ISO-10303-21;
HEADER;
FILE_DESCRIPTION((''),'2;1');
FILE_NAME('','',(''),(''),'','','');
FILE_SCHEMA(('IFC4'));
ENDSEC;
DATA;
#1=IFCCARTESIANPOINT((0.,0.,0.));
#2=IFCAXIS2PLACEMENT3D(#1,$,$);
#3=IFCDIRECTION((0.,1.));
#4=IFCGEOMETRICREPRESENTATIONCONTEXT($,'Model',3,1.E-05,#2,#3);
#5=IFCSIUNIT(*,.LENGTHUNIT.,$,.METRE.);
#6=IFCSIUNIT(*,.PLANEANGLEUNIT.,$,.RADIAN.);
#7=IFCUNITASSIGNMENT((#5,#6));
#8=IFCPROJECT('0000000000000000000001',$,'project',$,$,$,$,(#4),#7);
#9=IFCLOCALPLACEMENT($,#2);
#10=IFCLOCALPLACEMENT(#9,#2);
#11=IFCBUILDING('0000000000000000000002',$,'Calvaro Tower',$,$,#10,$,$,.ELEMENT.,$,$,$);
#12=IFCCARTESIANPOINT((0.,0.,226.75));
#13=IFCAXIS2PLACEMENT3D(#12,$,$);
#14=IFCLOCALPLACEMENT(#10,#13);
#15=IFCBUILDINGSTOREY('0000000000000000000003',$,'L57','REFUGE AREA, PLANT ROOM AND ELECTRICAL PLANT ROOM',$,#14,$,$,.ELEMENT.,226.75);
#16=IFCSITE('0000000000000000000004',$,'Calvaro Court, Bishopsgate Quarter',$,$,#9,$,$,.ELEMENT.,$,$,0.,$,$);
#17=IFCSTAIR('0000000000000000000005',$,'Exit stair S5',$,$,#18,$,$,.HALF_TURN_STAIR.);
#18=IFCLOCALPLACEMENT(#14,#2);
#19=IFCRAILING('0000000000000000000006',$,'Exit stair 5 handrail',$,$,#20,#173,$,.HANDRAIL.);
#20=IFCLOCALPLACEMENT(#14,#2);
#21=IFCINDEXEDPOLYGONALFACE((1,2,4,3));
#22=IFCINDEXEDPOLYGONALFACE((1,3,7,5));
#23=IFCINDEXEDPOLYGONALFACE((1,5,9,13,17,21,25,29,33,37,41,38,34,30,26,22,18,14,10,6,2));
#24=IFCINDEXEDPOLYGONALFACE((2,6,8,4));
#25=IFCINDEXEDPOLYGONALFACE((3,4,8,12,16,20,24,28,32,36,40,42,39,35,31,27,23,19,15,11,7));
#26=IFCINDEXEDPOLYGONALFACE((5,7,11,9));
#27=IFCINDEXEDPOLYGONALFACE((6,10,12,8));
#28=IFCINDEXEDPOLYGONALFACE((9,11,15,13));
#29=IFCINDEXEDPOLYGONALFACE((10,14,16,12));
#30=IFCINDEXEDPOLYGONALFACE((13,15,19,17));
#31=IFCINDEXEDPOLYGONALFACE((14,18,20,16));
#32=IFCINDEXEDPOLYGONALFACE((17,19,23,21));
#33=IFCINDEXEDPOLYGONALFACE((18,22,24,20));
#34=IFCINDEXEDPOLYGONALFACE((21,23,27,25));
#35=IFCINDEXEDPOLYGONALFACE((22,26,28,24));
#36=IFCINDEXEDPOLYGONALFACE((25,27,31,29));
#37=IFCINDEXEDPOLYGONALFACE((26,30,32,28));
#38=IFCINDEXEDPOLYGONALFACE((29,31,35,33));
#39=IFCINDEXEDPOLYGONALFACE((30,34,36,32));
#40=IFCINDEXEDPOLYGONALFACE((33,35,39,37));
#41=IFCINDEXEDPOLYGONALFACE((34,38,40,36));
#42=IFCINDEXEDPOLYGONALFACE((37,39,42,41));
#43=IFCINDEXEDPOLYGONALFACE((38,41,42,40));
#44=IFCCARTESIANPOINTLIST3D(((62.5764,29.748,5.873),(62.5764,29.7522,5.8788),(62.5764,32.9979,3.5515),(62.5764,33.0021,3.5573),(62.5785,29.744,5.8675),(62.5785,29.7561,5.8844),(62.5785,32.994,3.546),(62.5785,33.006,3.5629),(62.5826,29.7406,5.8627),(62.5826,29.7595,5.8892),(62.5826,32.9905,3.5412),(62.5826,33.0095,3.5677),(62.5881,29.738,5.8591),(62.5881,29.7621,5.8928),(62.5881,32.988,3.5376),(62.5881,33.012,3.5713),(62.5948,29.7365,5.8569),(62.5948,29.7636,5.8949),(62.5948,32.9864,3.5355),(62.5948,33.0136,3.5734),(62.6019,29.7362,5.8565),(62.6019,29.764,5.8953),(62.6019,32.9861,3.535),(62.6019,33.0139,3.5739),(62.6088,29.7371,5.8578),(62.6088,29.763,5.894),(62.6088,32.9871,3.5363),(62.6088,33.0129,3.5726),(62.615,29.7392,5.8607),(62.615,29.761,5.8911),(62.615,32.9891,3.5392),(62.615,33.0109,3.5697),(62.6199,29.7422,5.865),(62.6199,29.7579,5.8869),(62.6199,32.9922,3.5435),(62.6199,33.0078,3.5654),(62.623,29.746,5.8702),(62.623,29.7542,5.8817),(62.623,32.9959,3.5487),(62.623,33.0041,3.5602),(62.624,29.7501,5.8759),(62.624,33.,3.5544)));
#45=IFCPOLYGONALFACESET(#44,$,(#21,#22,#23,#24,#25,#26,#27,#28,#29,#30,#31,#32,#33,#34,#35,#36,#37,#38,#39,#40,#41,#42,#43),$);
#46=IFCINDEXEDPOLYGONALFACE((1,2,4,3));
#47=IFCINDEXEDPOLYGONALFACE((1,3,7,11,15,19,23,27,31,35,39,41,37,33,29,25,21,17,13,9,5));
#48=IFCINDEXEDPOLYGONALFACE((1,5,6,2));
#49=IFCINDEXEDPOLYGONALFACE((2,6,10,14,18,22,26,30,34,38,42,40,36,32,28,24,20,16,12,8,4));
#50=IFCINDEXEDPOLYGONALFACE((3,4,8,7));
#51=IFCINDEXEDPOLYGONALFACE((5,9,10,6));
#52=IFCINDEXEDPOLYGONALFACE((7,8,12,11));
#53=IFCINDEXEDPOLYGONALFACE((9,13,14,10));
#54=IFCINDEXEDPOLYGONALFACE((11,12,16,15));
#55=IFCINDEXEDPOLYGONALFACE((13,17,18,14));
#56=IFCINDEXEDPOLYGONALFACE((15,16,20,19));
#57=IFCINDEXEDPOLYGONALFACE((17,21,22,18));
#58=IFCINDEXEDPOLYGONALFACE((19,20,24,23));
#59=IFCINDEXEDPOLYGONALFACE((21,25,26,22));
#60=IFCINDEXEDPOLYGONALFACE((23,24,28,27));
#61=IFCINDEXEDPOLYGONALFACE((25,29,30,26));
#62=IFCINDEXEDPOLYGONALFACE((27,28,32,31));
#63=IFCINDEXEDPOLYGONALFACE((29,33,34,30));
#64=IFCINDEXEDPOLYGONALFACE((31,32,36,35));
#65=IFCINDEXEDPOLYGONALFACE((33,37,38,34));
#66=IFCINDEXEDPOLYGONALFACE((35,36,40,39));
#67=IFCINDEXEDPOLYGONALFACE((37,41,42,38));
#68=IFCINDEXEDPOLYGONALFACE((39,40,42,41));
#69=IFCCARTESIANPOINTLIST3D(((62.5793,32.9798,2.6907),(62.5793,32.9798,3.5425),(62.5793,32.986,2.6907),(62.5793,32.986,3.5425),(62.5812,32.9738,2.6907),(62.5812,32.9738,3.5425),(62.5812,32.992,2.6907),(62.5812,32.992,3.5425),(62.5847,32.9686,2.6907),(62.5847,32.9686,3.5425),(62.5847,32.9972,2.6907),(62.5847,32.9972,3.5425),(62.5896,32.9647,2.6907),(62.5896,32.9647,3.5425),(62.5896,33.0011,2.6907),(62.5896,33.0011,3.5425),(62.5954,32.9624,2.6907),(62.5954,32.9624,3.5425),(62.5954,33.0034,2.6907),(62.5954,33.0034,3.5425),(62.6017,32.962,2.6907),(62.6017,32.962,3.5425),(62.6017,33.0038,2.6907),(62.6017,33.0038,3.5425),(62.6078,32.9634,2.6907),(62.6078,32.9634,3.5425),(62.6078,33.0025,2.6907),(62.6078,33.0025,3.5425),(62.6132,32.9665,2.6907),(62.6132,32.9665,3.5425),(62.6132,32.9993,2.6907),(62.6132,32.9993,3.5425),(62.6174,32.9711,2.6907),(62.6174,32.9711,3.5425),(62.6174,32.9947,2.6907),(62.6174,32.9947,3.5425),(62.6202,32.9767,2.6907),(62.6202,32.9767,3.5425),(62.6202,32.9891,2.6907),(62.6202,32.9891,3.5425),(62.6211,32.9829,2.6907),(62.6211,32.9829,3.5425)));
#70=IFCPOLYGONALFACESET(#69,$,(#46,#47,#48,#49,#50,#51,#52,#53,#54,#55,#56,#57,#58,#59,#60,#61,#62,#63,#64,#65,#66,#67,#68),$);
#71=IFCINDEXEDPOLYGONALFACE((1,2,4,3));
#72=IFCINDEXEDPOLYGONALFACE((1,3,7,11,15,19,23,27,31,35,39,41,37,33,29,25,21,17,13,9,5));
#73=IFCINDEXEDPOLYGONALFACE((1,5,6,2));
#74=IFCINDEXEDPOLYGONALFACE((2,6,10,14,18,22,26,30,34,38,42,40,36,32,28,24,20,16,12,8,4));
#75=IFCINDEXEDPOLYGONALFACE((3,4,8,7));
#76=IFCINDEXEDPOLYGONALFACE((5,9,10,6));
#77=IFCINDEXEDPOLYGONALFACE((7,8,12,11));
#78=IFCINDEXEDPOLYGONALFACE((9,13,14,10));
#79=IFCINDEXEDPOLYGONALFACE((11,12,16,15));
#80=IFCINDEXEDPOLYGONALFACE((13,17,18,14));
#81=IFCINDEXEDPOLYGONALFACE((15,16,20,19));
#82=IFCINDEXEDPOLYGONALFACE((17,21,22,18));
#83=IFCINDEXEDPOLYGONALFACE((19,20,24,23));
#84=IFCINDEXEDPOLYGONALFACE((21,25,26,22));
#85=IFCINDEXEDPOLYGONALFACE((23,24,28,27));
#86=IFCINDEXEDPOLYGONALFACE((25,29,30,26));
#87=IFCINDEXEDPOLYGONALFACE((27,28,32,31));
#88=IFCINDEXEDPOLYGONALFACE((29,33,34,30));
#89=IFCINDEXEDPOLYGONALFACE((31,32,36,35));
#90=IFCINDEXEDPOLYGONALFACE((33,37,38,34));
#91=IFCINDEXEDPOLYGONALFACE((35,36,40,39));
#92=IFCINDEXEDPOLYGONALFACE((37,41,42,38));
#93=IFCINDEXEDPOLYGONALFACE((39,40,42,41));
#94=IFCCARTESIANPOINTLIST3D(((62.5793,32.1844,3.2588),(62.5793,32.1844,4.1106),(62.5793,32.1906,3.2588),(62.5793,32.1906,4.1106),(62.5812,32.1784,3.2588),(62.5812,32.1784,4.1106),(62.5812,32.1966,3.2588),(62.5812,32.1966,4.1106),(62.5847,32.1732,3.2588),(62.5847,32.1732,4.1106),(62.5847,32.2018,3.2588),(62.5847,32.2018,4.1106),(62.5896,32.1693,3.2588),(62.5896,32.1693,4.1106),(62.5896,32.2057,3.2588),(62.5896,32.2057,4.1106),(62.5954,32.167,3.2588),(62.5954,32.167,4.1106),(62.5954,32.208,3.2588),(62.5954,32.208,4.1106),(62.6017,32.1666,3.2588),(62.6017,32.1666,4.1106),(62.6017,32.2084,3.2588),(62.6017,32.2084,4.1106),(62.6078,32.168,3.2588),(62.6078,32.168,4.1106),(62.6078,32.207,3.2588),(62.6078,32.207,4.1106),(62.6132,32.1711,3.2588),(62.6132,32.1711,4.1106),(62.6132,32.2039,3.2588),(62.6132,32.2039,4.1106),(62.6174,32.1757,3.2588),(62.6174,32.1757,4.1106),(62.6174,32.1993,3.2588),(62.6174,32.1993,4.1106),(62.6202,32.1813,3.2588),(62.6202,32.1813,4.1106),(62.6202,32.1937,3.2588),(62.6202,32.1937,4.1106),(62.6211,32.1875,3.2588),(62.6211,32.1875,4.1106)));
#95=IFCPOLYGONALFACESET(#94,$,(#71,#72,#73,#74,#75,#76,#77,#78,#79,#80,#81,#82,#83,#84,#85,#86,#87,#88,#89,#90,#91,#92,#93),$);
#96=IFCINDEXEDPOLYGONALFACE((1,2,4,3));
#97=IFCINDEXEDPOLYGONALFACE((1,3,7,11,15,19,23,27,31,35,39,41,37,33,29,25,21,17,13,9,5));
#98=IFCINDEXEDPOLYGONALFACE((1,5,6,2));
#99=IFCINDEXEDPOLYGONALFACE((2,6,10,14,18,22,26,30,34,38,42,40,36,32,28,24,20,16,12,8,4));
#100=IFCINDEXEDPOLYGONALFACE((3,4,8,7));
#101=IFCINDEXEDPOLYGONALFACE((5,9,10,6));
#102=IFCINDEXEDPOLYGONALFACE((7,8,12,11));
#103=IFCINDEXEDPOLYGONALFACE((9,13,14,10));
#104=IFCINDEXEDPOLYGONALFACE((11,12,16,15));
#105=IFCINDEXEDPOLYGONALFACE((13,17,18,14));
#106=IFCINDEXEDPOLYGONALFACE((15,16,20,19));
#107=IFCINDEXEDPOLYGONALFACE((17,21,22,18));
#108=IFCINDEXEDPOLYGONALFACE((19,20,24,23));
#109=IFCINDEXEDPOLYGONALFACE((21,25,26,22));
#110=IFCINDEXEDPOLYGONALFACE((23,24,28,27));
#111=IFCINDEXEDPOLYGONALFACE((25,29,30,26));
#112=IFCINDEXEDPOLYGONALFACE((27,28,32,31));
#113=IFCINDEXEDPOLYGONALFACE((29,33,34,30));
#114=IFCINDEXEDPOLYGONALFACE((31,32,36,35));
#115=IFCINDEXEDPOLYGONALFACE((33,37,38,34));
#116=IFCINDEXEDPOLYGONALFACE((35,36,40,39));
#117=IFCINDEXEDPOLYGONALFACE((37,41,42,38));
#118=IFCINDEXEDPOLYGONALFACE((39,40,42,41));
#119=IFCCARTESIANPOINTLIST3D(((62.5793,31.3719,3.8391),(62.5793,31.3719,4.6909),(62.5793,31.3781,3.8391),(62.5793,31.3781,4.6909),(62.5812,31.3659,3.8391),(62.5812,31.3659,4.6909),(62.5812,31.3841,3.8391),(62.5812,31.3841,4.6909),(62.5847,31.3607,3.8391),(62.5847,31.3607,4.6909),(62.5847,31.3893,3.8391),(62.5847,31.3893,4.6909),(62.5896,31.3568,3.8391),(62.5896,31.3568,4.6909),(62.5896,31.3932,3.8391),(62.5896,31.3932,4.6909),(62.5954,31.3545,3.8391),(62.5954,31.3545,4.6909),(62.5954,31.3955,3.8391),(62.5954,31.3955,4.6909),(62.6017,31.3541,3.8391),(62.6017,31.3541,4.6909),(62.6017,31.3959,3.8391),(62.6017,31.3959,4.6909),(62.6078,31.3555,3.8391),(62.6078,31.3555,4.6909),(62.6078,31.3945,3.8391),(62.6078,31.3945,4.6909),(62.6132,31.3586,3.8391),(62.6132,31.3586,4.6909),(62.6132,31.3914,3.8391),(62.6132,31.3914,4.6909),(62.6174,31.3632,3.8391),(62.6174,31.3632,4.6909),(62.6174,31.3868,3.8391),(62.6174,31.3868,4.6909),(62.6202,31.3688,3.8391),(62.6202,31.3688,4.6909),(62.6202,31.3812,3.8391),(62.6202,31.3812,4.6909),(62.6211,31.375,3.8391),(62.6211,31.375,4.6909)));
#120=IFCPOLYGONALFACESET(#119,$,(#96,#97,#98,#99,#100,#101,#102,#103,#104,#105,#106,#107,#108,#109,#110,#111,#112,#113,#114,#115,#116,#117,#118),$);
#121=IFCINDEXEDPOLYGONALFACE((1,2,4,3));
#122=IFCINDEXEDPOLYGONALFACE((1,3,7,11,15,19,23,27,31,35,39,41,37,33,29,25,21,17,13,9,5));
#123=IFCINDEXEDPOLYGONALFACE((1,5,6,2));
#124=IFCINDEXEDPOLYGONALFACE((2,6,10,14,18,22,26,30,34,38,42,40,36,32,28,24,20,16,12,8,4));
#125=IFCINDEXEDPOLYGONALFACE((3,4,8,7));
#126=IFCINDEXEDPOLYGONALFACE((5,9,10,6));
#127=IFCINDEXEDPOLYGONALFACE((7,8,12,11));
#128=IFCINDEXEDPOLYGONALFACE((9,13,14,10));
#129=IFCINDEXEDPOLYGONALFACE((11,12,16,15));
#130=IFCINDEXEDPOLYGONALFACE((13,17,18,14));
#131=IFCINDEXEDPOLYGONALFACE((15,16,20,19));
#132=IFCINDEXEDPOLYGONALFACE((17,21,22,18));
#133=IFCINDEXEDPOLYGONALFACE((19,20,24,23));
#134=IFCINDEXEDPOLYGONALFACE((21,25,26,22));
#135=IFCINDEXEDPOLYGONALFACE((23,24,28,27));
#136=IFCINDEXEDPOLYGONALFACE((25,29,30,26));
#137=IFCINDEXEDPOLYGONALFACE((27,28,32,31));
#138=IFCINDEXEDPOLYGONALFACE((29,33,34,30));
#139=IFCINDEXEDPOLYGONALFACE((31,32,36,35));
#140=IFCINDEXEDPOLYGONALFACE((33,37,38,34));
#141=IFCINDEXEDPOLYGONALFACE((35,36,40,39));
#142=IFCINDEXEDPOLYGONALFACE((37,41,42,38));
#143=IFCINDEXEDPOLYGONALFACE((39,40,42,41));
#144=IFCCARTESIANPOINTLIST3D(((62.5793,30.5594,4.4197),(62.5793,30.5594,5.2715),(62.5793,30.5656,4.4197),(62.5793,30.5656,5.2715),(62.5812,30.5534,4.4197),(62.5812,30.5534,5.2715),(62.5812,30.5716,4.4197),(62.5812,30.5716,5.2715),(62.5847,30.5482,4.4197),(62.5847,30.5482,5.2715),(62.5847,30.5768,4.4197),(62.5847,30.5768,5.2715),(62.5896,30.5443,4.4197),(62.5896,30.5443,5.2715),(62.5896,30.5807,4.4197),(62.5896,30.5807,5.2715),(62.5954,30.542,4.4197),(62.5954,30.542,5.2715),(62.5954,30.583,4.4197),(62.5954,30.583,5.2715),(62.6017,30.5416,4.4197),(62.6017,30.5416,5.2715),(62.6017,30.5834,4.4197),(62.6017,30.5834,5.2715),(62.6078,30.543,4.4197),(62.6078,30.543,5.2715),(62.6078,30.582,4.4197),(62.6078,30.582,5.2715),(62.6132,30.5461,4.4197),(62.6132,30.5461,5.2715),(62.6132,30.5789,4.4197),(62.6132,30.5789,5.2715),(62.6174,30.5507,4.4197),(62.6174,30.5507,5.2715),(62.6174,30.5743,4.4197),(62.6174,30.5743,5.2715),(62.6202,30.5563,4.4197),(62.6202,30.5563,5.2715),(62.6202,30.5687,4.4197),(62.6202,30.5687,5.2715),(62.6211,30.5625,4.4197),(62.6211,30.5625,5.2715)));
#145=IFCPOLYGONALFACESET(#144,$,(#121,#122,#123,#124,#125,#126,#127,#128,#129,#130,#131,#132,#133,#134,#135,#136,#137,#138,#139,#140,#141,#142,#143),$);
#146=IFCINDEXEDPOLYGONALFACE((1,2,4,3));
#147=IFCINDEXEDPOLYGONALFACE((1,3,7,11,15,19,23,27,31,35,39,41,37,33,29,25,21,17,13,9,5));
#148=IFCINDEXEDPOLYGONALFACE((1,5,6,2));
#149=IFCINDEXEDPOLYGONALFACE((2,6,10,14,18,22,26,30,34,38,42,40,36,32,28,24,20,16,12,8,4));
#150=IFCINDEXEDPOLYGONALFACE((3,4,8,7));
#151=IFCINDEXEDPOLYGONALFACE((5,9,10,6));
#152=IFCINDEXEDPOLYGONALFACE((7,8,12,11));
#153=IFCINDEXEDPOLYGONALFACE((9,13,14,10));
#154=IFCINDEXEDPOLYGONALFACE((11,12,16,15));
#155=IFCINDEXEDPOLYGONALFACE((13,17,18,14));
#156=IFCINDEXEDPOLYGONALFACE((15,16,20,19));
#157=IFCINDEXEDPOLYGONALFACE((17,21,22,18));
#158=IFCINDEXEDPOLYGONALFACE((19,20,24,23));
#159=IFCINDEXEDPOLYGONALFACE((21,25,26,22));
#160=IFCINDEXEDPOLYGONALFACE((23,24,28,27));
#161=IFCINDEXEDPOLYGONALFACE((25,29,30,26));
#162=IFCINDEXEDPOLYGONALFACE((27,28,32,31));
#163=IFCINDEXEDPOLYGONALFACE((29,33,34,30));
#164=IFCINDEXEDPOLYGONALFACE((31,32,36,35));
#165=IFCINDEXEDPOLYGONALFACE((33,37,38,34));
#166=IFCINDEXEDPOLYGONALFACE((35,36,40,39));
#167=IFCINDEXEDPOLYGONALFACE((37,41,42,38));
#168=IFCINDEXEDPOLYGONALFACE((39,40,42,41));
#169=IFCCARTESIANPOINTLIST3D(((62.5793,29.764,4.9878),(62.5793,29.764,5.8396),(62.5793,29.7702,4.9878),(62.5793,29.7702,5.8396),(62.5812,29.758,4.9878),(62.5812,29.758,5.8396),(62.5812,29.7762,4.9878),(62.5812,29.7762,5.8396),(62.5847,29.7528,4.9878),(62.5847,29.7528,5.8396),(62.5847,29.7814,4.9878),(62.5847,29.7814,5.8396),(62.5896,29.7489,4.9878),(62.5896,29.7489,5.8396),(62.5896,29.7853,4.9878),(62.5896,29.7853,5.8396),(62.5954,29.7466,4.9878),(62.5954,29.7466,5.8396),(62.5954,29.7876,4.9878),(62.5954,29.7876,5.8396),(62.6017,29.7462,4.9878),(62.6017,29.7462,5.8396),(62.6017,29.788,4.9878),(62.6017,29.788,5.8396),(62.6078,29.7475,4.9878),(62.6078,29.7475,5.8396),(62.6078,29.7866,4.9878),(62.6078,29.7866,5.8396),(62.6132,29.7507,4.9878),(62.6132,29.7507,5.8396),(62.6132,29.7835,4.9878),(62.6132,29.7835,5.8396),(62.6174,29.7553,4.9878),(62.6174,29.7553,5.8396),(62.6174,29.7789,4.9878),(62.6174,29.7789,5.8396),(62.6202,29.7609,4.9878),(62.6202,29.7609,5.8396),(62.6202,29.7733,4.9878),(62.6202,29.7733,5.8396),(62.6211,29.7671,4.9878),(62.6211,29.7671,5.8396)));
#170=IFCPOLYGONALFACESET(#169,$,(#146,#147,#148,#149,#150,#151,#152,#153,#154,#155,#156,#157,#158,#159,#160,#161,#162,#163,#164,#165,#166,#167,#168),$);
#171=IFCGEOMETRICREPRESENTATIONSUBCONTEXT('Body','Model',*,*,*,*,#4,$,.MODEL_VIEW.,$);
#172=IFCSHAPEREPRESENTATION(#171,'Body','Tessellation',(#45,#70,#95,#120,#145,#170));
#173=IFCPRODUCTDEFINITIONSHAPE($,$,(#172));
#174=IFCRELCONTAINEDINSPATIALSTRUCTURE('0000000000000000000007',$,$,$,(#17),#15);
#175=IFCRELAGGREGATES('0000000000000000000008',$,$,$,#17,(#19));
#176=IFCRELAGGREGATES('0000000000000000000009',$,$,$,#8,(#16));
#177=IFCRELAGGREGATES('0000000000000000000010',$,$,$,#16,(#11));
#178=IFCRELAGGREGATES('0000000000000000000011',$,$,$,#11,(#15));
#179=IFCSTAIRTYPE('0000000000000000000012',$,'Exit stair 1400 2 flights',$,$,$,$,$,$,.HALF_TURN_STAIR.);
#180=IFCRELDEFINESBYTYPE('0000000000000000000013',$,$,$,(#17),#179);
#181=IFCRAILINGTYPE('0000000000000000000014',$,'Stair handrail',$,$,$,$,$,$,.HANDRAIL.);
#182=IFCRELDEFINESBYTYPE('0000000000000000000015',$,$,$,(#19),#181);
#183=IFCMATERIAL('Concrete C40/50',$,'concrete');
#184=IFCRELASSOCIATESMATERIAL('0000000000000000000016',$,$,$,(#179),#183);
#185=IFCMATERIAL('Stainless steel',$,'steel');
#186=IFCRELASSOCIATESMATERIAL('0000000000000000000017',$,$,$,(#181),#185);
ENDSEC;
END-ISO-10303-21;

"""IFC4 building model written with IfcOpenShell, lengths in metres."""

from ifc_helpers import new_model, si_unit, direction, frame, origin, origin_2d, place, context, subcontext, project, spatial, circle, extrude, material, type_object, element, aggregate, save


model = new_model("IFC4")

# Units and contexts
model_context = context("Model", 3, precision=1e-05, world=origin(), true_north=direction((0.0, 1.0)))
body_context = subcontext(model_context, "Body", "Model", "MODEL_VIEW")
ifc_project = project(units=[si_unit("LENGTHUNIT", "METRE"), si_unit("PLANEANGLEUNIT", "RADIAN")], contexts=[model_context])

# Site, building, storey
site_placement = place(None, origin())
site = spatial("IfcSite", under=ifc_project, at=site_placement, Name="Calvaro Court, Bishopsgate Quarter", CompositionType="ELEMENT", RefElevation=0.0)
building_placement = place(site_placement, origin())
building = spatial("IfcBuilding", under=site, at=building_placement, Name="Calvaro Tower", CompositionType="ELEMENT")
storey_placement = place(building_placement, frame((0.0, 0.0, 226.75)))
storey = spatial("IfcBuildingStorey", under=building, at=storey_placement, Name="L57", Description="REFUGE AREA, PLANT ROOM AND ELECTRICAL PLANT ROOM", CompositionType="ELEMENT", Elevation=226.75)

# Stair
ifc_material_1 = material(Name="Concrete C40/50", Category="concrete")
stair_type = type_object("IfcStairType", Name="Exit stair 1400 2 flights", PredefinedType="HALF_TURN_STAIR", material=ifc_material_1)
stair_placement = place(storey_placement, origin())
stair = element("IfcStair", 1, at=stair_placement, inside=storey, type_object=stair_type, Name="Exit stair S5", PredefinedType="HALF_TURN_STAIR")

# Railing
ifc_material_2 = material(Name="Stainless steel", Category="steel")
railing_type = type_object("IfcRailingType", Name="Stair handrail", PredefinedType="HANDRAIL", material=ifc_material_2)
railing_1_placement = place(storey_placement, frame((62.6001, 33.0, 2.6785)))
railing_1 = element("IfcRailing", 2, at=railing_1_placement, type_object=railing_type, Name="Exit stair 5 handrail", PredefinedType="HANDRAIL", context=body_context, shape_type="SweptSolid", body=[
    extrude(circle(Radius=0.0239, at=origin_2d()), frame((0.0, 0.0, 0.876), z_axis=(0.0, -0.813721, 0.581256), x_axis=(1.0, 0.0, 0.0)), (0.0, 0.0, 1.0), 3.9939),
    extrude(circle(Radius=0.021, at=origin_2d()), frame((0.0, -0.0171, 0.0122)), (0.0, 0.0, 1.0), 0.8518),
    extrude(circle(Radius=0.021, at=origin_2d()), frame((0.0, -0.8125, 0.5803)), (0.0, 0.0, 1.0), 0.8518),
    extrude(circle(Radius=0.021, at=origin_2d()), frame((0.0, -1.625, 1.1606)), (0.0, 0.0, 1.0), 0.8518),
    extrude(circle(Radius=0.021, at=origin_2d()), frame((0.0, -2.4375, 1.7412)), (0.0, 0.0, 1.0), 0.8518),
    extrude(circle(Radius=0.021, at=origin_2d()), frame((0.0, -3.2329, 2.3093)), (0.0, 0.0, 1.0), 0.8518),
])
aggregate(stair, [railing_1])

save(model, "model.ifc")
